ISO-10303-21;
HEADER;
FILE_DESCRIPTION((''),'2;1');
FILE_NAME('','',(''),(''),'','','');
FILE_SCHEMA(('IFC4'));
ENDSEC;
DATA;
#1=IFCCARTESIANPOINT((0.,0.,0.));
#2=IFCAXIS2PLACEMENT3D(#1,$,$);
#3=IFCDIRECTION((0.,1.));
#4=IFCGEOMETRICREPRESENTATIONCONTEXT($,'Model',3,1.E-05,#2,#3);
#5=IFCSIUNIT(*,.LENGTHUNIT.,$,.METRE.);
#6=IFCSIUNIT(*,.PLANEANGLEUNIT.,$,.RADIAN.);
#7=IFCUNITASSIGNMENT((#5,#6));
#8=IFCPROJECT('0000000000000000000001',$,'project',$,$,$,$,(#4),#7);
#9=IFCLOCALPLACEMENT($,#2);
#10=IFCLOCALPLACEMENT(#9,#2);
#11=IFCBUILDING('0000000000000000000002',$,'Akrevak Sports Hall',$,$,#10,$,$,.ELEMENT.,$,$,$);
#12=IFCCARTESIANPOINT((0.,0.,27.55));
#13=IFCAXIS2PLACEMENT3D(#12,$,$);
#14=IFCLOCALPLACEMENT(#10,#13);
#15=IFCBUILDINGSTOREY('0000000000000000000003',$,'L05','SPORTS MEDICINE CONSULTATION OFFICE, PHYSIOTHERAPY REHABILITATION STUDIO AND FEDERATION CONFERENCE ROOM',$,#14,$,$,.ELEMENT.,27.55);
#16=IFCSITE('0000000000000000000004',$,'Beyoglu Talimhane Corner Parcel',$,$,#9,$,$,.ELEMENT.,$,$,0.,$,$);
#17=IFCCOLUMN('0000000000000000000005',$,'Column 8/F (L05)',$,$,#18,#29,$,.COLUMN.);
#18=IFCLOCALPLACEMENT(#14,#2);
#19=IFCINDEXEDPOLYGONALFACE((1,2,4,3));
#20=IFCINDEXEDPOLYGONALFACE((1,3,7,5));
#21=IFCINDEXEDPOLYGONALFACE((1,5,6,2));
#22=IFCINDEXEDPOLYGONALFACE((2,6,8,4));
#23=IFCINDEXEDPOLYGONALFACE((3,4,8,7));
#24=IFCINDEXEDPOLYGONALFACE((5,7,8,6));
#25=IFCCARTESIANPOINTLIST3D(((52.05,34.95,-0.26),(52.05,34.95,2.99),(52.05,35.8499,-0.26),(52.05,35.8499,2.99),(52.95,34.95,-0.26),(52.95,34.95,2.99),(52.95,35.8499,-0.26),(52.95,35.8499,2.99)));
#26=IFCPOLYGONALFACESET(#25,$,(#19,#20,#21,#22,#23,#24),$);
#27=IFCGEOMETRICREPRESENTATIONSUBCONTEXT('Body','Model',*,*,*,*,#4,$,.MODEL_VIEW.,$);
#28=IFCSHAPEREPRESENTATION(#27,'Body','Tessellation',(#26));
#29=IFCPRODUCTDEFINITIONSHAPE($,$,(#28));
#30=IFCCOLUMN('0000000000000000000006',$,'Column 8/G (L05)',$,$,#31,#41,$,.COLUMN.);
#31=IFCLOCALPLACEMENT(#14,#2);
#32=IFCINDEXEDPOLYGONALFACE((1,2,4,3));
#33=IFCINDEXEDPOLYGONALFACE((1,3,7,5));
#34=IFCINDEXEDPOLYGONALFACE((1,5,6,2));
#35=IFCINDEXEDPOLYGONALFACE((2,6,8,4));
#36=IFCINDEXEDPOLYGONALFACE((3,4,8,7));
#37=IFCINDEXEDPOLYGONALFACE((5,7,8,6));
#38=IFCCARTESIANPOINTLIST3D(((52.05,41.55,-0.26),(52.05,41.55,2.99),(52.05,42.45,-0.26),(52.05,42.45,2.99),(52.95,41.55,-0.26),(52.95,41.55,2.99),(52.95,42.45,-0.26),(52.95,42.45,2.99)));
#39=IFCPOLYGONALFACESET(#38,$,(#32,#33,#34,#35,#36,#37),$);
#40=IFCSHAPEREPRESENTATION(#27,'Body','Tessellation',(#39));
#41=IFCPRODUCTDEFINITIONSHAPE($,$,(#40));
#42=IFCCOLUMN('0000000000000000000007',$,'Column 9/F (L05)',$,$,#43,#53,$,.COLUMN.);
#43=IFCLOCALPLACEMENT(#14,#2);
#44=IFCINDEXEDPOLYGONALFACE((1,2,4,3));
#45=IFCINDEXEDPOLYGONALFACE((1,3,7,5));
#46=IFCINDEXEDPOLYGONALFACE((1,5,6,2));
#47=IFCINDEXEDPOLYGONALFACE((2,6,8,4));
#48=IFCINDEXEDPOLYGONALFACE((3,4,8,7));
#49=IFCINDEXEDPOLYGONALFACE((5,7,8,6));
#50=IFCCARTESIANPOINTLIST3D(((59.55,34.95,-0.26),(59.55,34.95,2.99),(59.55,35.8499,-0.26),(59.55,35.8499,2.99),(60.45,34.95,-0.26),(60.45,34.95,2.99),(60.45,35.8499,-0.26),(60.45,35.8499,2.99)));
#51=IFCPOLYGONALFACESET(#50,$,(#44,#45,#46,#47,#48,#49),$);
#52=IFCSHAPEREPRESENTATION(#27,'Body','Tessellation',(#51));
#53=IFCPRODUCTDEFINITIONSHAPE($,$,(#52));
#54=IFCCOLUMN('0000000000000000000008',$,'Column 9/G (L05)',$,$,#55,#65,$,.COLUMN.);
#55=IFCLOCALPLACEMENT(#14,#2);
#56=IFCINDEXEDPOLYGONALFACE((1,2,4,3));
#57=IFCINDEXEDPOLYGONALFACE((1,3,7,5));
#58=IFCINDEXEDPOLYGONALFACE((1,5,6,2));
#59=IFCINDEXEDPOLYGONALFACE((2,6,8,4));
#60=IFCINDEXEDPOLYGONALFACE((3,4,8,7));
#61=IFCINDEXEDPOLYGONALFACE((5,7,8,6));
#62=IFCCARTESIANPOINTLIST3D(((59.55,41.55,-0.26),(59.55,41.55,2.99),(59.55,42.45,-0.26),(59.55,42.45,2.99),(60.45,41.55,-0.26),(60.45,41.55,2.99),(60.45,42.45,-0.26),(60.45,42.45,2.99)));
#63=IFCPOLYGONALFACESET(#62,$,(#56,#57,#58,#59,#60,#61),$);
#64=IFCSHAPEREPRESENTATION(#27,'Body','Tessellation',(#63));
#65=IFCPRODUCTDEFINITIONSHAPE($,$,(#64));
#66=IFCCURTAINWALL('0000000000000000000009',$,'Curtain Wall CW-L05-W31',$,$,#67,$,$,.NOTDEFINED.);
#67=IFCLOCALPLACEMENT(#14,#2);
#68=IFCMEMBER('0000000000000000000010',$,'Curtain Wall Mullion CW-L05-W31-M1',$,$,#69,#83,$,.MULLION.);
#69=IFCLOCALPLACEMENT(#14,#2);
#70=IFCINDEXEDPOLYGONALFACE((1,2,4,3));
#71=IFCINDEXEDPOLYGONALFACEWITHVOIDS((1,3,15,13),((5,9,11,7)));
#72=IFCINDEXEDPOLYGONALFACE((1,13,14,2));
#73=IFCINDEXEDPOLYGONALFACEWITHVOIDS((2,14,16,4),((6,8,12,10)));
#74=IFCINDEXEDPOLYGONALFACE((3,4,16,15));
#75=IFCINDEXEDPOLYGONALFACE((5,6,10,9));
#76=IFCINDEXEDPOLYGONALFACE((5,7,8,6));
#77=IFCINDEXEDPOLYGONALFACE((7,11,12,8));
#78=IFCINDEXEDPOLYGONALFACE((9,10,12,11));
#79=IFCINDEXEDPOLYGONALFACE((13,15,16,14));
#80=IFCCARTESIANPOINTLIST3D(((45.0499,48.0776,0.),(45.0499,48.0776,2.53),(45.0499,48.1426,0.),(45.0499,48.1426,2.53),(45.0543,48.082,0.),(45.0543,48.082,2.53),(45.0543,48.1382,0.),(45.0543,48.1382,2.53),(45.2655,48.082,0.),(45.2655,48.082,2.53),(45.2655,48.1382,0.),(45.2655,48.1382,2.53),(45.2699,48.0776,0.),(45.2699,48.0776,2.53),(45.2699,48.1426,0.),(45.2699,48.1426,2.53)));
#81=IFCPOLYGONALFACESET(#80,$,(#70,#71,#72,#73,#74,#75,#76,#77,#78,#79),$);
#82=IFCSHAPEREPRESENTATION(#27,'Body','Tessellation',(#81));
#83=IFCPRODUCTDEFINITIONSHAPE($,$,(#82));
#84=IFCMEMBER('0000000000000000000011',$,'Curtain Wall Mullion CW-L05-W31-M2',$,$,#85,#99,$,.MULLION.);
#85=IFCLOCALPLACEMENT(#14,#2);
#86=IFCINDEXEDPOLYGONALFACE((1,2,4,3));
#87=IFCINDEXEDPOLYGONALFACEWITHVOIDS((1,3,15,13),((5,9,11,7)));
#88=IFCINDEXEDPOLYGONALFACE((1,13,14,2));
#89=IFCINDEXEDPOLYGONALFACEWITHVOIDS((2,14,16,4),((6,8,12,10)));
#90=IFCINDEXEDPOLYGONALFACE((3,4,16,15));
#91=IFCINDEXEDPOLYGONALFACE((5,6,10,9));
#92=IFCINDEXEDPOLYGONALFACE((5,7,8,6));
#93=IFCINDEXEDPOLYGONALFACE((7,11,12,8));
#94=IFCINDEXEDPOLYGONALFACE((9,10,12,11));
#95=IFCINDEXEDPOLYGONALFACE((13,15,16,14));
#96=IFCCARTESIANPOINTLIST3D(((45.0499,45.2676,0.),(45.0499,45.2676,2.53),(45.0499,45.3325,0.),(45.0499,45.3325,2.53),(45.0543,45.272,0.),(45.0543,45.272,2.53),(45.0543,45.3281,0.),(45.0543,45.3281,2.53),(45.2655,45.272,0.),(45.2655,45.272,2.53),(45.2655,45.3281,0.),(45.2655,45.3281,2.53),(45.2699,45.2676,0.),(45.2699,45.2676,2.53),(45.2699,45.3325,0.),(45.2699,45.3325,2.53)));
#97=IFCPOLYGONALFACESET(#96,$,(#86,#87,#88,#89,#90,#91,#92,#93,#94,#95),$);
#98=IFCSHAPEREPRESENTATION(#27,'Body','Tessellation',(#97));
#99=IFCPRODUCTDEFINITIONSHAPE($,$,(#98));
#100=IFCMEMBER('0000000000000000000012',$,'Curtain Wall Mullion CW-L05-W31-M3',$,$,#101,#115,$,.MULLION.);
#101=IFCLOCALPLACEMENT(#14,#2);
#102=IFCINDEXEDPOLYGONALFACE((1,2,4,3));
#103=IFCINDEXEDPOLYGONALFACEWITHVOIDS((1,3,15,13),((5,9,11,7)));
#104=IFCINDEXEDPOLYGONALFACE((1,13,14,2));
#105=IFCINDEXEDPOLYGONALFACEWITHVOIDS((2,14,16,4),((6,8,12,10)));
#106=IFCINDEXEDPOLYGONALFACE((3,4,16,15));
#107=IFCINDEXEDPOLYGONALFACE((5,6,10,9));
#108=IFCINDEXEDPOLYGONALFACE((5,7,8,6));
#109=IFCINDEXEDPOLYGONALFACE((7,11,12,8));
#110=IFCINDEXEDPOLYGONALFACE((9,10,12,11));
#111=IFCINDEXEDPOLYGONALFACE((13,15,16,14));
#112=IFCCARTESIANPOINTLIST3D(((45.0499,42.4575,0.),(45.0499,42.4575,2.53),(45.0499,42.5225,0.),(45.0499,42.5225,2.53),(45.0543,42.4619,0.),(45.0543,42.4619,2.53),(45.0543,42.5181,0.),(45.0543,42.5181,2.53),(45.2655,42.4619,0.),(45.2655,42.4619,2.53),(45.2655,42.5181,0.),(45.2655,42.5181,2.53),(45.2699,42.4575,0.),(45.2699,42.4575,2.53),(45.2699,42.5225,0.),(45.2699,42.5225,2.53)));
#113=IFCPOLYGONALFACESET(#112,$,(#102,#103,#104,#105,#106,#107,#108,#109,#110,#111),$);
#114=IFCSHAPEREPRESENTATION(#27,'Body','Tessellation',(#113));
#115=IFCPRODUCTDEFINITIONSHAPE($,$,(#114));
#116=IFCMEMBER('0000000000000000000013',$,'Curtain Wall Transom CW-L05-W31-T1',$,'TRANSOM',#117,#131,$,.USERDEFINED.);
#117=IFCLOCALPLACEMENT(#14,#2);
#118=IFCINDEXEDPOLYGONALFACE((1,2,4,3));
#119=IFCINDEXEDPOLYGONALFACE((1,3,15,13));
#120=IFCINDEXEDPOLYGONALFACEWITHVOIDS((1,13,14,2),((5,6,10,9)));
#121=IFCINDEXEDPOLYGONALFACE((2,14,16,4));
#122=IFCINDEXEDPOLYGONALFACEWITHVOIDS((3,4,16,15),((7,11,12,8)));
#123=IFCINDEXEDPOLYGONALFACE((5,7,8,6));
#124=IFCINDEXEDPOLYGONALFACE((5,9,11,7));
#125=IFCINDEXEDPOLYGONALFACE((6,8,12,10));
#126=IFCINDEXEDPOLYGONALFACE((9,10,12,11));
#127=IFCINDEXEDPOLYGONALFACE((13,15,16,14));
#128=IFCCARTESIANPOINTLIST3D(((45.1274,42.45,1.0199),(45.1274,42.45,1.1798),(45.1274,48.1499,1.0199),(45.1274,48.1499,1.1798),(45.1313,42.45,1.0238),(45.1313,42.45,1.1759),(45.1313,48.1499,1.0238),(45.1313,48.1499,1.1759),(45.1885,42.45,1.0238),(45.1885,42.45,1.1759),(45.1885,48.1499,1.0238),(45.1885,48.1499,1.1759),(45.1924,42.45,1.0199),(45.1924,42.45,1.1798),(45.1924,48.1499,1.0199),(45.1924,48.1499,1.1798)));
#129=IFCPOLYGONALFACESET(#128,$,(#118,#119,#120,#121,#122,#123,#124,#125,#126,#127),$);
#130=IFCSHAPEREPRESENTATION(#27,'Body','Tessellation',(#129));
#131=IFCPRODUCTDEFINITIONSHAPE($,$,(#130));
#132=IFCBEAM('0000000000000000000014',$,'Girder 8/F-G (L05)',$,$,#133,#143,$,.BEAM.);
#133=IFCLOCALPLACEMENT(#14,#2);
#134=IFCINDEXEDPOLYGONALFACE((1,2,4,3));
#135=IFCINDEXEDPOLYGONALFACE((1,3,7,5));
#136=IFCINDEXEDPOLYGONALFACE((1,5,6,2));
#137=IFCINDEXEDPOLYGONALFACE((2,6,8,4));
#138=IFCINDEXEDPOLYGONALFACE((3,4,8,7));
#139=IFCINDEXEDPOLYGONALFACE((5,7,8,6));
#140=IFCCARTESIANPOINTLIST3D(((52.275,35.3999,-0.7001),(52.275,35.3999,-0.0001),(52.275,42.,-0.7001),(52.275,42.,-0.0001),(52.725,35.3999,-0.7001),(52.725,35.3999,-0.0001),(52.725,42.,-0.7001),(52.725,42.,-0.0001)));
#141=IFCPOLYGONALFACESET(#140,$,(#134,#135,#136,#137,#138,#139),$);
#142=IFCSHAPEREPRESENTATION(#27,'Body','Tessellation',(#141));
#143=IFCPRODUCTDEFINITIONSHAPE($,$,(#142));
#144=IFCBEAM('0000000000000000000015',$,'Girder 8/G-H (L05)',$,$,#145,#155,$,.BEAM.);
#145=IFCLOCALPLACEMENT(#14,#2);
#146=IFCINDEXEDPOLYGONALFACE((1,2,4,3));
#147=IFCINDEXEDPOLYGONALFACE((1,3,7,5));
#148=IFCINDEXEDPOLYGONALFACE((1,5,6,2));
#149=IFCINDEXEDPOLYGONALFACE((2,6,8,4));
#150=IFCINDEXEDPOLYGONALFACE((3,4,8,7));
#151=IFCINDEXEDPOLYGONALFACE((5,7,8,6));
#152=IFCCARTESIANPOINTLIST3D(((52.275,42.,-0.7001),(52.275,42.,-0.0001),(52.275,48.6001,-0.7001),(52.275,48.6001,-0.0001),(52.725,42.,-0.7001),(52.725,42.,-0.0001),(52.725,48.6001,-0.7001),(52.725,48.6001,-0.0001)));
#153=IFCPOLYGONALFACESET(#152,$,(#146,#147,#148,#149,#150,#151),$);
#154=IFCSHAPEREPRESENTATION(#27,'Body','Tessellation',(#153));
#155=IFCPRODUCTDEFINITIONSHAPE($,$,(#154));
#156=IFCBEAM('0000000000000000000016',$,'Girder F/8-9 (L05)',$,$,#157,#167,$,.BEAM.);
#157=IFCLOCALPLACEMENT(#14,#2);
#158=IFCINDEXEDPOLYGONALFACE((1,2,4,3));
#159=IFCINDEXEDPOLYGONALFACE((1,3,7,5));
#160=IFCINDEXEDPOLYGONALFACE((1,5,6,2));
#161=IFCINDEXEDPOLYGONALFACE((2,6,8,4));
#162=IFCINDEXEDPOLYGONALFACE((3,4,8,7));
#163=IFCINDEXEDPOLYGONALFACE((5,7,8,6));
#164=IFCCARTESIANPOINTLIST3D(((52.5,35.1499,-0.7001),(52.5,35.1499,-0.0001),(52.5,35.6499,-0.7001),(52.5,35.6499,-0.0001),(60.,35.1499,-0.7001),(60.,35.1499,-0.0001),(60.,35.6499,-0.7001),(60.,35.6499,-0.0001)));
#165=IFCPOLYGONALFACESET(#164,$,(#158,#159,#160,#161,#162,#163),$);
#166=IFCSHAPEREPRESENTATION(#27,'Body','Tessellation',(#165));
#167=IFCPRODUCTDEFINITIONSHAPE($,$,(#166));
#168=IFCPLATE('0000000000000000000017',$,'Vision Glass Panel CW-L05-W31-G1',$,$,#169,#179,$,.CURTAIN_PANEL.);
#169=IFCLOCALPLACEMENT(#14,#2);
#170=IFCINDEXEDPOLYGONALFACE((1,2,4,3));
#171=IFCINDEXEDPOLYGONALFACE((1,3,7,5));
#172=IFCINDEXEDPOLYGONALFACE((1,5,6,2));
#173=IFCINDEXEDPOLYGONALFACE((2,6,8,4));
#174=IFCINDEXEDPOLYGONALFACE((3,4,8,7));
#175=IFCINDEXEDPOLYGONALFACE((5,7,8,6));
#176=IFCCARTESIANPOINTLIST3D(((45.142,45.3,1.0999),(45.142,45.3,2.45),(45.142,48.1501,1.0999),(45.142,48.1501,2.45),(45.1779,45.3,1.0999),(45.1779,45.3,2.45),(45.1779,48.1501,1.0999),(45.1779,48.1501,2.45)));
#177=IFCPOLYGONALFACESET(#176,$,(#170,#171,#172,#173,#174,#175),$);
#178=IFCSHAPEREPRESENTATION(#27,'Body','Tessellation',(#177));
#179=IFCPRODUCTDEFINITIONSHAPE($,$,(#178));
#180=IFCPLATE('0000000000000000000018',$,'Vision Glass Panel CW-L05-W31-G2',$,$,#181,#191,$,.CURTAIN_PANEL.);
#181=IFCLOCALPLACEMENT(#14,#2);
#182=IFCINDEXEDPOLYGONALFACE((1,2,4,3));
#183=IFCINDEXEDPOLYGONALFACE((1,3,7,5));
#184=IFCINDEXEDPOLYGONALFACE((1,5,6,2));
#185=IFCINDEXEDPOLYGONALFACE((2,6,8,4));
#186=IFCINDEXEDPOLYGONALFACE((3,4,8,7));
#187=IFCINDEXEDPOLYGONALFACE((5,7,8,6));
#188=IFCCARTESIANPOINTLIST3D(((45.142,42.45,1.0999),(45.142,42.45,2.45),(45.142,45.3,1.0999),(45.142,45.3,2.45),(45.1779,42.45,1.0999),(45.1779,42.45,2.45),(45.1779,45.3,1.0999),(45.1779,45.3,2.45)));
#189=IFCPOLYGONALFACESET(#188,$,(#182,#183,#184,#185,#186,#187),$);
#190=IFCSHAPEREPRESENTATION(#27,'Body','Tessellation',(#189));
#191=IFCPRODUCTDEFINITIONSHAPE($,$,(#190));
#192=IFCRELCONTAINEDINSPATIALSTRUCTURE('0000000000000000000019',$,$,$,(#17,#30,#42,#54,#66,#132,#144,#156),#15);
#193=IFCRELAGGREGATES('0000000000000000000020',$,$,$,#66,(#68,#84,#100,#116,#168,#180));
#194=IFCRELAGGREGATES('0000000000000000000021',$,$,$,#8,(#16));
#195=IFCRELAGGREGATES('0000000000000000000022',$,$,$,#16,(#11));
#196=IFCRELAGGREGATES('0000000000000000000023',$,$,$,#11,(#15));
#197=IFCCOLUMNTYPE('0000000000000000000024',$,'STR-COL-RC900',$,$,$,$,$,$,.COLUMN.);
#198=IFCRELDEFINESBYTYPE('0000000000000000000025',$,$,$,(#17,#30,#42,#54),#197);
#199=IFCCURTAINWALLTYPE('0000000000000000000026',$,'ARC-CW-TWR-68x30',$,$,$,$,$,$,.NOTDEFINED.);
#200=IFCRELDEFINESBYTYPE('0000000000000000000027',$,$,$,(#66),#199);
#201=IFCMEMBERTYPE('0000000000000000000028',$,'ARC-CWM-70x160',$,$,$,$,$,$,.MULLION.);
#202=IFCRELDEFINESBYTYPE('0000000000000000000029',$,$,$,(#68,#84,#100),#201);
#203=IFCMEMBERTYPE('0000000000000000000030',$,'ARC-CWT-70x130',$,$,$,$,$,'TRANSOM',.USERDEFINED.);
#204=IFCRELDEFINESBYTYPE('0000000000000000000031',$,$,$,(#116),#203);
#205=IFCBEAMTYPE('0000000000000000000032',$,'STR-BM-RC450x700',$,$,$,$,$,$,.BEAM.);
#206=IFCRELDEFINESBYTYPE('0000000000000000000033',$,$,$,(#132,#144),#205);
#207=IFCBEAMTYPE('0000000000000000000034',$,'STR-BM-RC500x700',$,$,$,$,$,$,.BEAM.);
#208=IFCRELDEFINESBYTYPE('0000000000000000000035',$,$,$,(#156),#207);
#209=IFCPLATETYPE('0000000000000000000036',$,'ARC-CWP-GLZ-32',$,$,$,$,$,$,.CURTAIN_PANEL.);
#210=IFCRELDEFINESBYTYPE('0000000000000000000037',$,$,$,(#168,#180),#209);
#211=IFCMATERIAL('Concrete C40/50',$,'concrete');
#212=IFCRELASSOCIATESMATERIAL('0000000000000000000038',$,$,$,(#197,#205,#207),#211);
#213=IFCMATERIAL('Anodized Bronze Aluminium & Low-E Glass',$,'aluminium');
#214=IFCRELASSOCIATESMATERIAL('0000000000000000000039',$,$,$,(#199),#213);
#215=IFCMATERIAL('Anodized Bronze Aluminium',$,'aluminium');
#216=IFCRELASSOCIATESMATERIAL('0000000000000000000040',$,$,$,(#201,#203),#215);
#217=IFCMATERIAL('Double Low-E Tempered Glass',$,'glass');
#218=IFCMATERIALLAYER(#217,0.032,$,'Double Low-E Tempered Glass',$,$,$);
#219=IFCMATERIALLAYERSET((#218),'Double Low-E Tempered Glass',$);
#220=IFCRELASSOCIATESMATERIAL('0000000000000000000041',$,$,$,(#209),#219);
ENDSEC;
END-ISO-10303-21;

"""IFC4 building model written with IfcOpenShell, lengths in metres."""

from ifc_helpers import new_model, si_unit, direction, frame, origin, origin_2d, place, context, subcontext, project, spatial, rectangle, hollow_rectangle, extrude, material, layer, layer_set, material_profile, profile_set, type_object, element, aggregate, save


model = new_model("IFC4")

# Units and contexts
model_context = context("Model", 3, precision=1e-05, world=origin(), true_north=direction((0.0, 1.0)))
body_context = subcontext(model_context, "Body", "Model", "MODEL_VIEW")
ifc_project = project(units=[si_unit("LENGTHUNIT", "METRE"), si_unit("PLANEANGLEUNIT", "RADIAN")], contexts=[model_context])

# Site, building, storey
site_placement = place(None, origin())
site = spatial("IfcSite", under=ifc_project, at=site_placement, Name="Beyoglu Talimhane Corner Parcel", CompositionType="ELEMENT", RefElevation=0.0)
building_placement = place(site_placement, origin())
building = spatial("IfcBuilding", under=site, at=building_placement, Name="Akrevak Sports Hall", CompositionType="ELEMENT")
storey_placement = place(building_placement, frame((0.0, 0.0, 27.55)))
storey = spatial("IfcBuildingStorey", under=building, at=storey_placement, Name="L05", Description="SPORTS MEDICINE CONSULTATION OFFICE, PHYSIOTHERAPY REHABILITATION STUDIO AND FEDERATION CONFERENCE ROOM", CompositionType="ELEMENT", Elevation=27.55)

# Columns
ifc_material_1 = material(Name="Concrete C40/50", Category="concrete")
ifc_material_profile_1 = material_profile(ifc_material_1, rectangle(XDim=0.8999, YDim=0.8999, at=origin_2d()), Name="RC 900x900", Category="concrete")
ifc_profile_set_1 = profile_set([ifc_material_profile_1], Name="Concrete C40/50")
column_type = type_object("IfcColumnType", Name="STR-COL-RC900", PredefinedType="COLUMN", material=ifc_profile_set_1)
for number, where, z_axis, x_axis, name in (
    (1, (52.5, 35.3999, -0.26), (0.0, 0.0, 1.0), (1.0, 0.0, 0.0), "Column 8/F (L05)"),
    (2, (52.5, 42.0, -0.26), (0.0, 0.0, 1.0), (1.0, 0.0, 0.0), "Column 8/G (L05)"),
    (3, (60.0, 35.3999, -0.26), (0.0, 0.0, 1.0), (1.0, 0.0, 0.0), "Column 9/F (L05)"),
    (4, (60.0, 42.0, -0.26), (0.0, 0.0, 1.0), (1.0, 0.0, 0.0), "Column 9/G (L05)"),
):
    element("IfcColumn", number, at=place(storey_placement, frame(where, z_axis=z_axis, x_axis=x_axis)), inside=storey, type_object=column_type, Name=name, PredefinedType="COLUMN", context=body_context, shape_type="SweptSolid", body=[
        extrude(rectangle(XDim=0.8999, YDim=0.8999, at=origin_2d()), origin(), (0.0, 0.0, 1.0), 3.25),
    ])

# Curtain wall, members
ifc_material_2 = material(Name="Anodized Bronze Aluminium & Low-E Glass", Category="aluminium")
curtain_wall_type = type_object("IfcCurtainWallType", Name="ARC-CW-TWR-68x30", PredefinedType="NOTDEFINED", material=ifc_material_2)
curtain_wall_placement = place(storey_placement, origin())
curtain_wall = element("IfcCurtainWall", 5, at=curtain_wall_placement, inside=storey, type_object=curtain_wall_type, Name="Curtain Wall CW-L05-W31", PredefinedType="NOTDEFINED")
ifc_material_3 = material(Name="Anodized Bronze Aluminium", Category="aluminium")
ifc_material_profile_2 = material_profile(ifc_material_3, hollow_rectangle(XDim=0.0649, YDim=0.22, WallThickness=0.0044, at=origin_2d()), Name="CWM 65x220", Category="aluminium")
ifc_profile_set_2 = profile_set([ifc_material_profile_2], Name="Anodized Bronze Aluminium")
member_type_1 = type_object("IfcMemberType", Name="ARC-CWM-70x160", PredefinedType="MULLION", material=ifc_profile_set_2)
member_1_placement = place(storey_placement, frame((45.1599, 48.1101, 0.0), z_axis=(0.0, 0.0, 1.0), x_axis=(0.0, -1.0, 0.0)))
member_1 = element("IfcMember", 6, at=member_1_placement, type_object=member_type_1, Name="Curtain Wall Mullion CW-L05-W31-M1", PredefinedType="MULLION", context=body_context, shape_type="SweptSolid", body=[
    extrude(hollow_rectangle(XDim=0.0649, YDim=0.22, WallThickness=0.0044, at=origin_2d()), origin(), (0.0, 0.0, 1.0), 2.53),
])
member_2_placement = place(storey_placement, frame((45.1599, 45.3, 0.0), z_axis=(0.0, 0.0, 1.0), x_axis=(0.0, -1.0, 0.0)))
member_2 = element("IfcMember", 7, at=member_2_placement, type_object=member_type_1, Name="Curtain Wall Mullion CW-L05-W31-M2", PredefinedType="MULLION", context=body_context, shape_type="SweptSolid", body=[
    extrude(hollow_rectangle(XDim=0.0649, YDim=0.22, WallThickness=0.0044, at=origin_2d()), origin(), (0.0, 0.0, 1.0), 2.53),
])
member_3_placement = place(storey_placement, frame((45.1599, 42.49, 0.0), z_axis=(0.0, 0.0, 1.0), x_axis=(0.0, -1.0, 0.0)))
member_3 = element("IfcMember", 8, at=member_3_placement, type_object=member_type_1, Name="Curtain Wall Mullion CW-L05-W31-M3", PredefinedType="MULLION", context=body_context, shape_type="SweptSolid", body=[
    extrude(hollow_rectangle(XDim=0.0649, YDim=0.22, WallThickness=0.0044, at=origin_2d()), origin(), (0.0, 0.0, 1.0), 2.53),
])
ifc_material_profile_3 = material_profile(ifc_material_3, hollow_rectangle(XDim=0.0649, YDim=0.1599, WallThickness=0.0039, at=origin_2d()), Name="CWT 65x160", Category="aluminium")
ifc_profile_set_3 = profile_set([ifc_material_profile_3], Name="Anodized Bronze Aluminium")
member_type_2 = type_object("IfcMemberType", Name="ARC-CWT-70x130", ElementType="TRANSOM", PredefinedType="USERDEFINED", material=ifc_profile_set_3)
member_4_placement = place(storey_placement, frame((45.1599, 48.1499, 1.0999), z_axis=(0.0, -1.0, 0.0), x_axis=(1.0, 0.0, 0.0)))
member_4 = element("IfcMember", 9, at=member_4_placement, type_object=member_type_2, Name="Curtain Wall Transom CW-L05-W31-T1", ObjectType="TRANSOM", PredefinedType="USERDEFINED", context=body_context, shape_type="SweptSolid", body=[
    extrude(hollow_rectangle(XDim=0.0649, YDim=0.1599, WallThickness=0.0039, at=origin_2d()), origin(), (0.0, 0.0, 1.0), 5.7),
])

# Beams
ifc_material_profile_4 = material_profile(ifc_material_1, rectangle(XDim=0.45, YDim=0.7, at=origin_2d()), Name="BM 450x700", Category="concrete")
ifc_profile_set_4 = profile_set([ifc_material_profile_4], Name="Concrete C40/50")
beam_type_1 = type_object("IfcBeamType", Name="STR-BM-RC450x700", PredefinedType="BEAM", material=ifc_profile_set_4)
for number, where, z_axis, x_axis, name in (
    (10, (52.5, 35.3999, -0.3501), (0.0, 1.0, 0.0), (-1.0, 0.0, 0.0), "Girder 8/F-G (L05)"),
    (11, (52.5, 42.0, -0.3501), (0.0, 1.0, 0.0), (-1.0, 0.0, 0.0), "Girder 8/G-H (L05)"),
):
    element("IfcBeam", number, at=place(storey_placement, frame(where, z_axis=z_axis, x_axis=x_axis)), inside=storey, type_object=beam_type_1, Name=name, PredefinedType="BEAM", context=body_context, shape_type="SweptSolid", body=[
        extrude(rectangle(XDim=0.45, YDim=0.7, at=origin_2d()), origin(), (0.0, 0.0, 1.0), 6.6001),
    ])
ifc_material_profile_5 = material_profile(ifc_material_1, rectangle(XDim=0.5, YDim=0.7, at=origin_2d()), Name="BM 500x700", Category="concrete")
ifc_profile_set_5 = profile_set([ifc_material_profile_5], Name="Concrete C40/50")
beam_type_2 = type_object("IfcBeamType", Name="STR-BM-RC500x700", PredefinedType="BEAM", material=ifc_profile_set_5)
beam_placement = place(storey_placement, frame((52.5, 35.3999, -0.3501), z_axis=(1.0, 0.0, 0.0), x_axis=(0.0, 1.0, 0.0)))
element("IfcBeam", 12, at=beam_placement, inside=storey, type_object=beam_type_2, Name="Girder F/8-9 (L05)", PredefinedType="BEAM", context=body_context, shape_type="SweptSolid", body=[
    extrude(rectangle(XDim=0.5, YDim=0.7, at=origin_2d()), origin(), (0.0, 0.0, 1.0), 7.5),
])

# Plates
ifc_material_4 = material(Name="Double Low-E Tempered Glass", Category="glass")
ifc_layer_1 = layer(ifc_material_4, 0.032, Name="Double Low-E Tempered Glass")
ifc_layer_set_1 = layer_set([ifc_layer_1], Name="Double Low-E Tempered Glass")
plate_type_1 = type_object("IfcPlateType", Name="ARC-CWP-GLZ-32", PredefinedType="CURTAIN_PANEL", material=ifc_layer_set_1)
plate_1_placement = place(storey_placement, frame((45.1599, 46.7251, 1.0999), z_axis=(0.0, 0.0, 1.0), x_axis=(0.0, -1.0, 0.0)))
plate_1 = element("IfcPlate", 13, at=plate_1_placement, type_object=plate_type_1, Name="Vision Glass Panel CW-L05-W31-G1", PredefinedType="CURTAIN_PANEL", context=body_context, shape_type="SweptSolid", body=[
    extrude(rectangle(XDim=2.8501, YDim=0.0359, at=origin_2d()), origin(), (0.0, 0.0, 1.0), 1.3501),
])
plate_2_placement = place(storey_placement, frame((45.1599, 43.875, 1.0999), z_axis=(0.0, 0.0, 1.0), x_axis=(0.0, -1.0, 0.0)))
plate_2 = element("IfcPlate", 14, at=plate_2_placement, type_object=plate_type_1, Name="Vision Glass Panel CW-L05-W31-G2", PredefinedType="CURTAIN_PANEL", context=body_context, shape_type="SweptSolid", body=[
    extrude(rectangle(XDim=2.8501, YDim=0.0359, at=origin_2d()), origin(), (0.0, 0.0, 1.0), 1.3501),
])
aggregate(curtain_wall, [member_1, member_2, member_3, member_4, plate_1, plate_2])

save(model, "model.ifc")
